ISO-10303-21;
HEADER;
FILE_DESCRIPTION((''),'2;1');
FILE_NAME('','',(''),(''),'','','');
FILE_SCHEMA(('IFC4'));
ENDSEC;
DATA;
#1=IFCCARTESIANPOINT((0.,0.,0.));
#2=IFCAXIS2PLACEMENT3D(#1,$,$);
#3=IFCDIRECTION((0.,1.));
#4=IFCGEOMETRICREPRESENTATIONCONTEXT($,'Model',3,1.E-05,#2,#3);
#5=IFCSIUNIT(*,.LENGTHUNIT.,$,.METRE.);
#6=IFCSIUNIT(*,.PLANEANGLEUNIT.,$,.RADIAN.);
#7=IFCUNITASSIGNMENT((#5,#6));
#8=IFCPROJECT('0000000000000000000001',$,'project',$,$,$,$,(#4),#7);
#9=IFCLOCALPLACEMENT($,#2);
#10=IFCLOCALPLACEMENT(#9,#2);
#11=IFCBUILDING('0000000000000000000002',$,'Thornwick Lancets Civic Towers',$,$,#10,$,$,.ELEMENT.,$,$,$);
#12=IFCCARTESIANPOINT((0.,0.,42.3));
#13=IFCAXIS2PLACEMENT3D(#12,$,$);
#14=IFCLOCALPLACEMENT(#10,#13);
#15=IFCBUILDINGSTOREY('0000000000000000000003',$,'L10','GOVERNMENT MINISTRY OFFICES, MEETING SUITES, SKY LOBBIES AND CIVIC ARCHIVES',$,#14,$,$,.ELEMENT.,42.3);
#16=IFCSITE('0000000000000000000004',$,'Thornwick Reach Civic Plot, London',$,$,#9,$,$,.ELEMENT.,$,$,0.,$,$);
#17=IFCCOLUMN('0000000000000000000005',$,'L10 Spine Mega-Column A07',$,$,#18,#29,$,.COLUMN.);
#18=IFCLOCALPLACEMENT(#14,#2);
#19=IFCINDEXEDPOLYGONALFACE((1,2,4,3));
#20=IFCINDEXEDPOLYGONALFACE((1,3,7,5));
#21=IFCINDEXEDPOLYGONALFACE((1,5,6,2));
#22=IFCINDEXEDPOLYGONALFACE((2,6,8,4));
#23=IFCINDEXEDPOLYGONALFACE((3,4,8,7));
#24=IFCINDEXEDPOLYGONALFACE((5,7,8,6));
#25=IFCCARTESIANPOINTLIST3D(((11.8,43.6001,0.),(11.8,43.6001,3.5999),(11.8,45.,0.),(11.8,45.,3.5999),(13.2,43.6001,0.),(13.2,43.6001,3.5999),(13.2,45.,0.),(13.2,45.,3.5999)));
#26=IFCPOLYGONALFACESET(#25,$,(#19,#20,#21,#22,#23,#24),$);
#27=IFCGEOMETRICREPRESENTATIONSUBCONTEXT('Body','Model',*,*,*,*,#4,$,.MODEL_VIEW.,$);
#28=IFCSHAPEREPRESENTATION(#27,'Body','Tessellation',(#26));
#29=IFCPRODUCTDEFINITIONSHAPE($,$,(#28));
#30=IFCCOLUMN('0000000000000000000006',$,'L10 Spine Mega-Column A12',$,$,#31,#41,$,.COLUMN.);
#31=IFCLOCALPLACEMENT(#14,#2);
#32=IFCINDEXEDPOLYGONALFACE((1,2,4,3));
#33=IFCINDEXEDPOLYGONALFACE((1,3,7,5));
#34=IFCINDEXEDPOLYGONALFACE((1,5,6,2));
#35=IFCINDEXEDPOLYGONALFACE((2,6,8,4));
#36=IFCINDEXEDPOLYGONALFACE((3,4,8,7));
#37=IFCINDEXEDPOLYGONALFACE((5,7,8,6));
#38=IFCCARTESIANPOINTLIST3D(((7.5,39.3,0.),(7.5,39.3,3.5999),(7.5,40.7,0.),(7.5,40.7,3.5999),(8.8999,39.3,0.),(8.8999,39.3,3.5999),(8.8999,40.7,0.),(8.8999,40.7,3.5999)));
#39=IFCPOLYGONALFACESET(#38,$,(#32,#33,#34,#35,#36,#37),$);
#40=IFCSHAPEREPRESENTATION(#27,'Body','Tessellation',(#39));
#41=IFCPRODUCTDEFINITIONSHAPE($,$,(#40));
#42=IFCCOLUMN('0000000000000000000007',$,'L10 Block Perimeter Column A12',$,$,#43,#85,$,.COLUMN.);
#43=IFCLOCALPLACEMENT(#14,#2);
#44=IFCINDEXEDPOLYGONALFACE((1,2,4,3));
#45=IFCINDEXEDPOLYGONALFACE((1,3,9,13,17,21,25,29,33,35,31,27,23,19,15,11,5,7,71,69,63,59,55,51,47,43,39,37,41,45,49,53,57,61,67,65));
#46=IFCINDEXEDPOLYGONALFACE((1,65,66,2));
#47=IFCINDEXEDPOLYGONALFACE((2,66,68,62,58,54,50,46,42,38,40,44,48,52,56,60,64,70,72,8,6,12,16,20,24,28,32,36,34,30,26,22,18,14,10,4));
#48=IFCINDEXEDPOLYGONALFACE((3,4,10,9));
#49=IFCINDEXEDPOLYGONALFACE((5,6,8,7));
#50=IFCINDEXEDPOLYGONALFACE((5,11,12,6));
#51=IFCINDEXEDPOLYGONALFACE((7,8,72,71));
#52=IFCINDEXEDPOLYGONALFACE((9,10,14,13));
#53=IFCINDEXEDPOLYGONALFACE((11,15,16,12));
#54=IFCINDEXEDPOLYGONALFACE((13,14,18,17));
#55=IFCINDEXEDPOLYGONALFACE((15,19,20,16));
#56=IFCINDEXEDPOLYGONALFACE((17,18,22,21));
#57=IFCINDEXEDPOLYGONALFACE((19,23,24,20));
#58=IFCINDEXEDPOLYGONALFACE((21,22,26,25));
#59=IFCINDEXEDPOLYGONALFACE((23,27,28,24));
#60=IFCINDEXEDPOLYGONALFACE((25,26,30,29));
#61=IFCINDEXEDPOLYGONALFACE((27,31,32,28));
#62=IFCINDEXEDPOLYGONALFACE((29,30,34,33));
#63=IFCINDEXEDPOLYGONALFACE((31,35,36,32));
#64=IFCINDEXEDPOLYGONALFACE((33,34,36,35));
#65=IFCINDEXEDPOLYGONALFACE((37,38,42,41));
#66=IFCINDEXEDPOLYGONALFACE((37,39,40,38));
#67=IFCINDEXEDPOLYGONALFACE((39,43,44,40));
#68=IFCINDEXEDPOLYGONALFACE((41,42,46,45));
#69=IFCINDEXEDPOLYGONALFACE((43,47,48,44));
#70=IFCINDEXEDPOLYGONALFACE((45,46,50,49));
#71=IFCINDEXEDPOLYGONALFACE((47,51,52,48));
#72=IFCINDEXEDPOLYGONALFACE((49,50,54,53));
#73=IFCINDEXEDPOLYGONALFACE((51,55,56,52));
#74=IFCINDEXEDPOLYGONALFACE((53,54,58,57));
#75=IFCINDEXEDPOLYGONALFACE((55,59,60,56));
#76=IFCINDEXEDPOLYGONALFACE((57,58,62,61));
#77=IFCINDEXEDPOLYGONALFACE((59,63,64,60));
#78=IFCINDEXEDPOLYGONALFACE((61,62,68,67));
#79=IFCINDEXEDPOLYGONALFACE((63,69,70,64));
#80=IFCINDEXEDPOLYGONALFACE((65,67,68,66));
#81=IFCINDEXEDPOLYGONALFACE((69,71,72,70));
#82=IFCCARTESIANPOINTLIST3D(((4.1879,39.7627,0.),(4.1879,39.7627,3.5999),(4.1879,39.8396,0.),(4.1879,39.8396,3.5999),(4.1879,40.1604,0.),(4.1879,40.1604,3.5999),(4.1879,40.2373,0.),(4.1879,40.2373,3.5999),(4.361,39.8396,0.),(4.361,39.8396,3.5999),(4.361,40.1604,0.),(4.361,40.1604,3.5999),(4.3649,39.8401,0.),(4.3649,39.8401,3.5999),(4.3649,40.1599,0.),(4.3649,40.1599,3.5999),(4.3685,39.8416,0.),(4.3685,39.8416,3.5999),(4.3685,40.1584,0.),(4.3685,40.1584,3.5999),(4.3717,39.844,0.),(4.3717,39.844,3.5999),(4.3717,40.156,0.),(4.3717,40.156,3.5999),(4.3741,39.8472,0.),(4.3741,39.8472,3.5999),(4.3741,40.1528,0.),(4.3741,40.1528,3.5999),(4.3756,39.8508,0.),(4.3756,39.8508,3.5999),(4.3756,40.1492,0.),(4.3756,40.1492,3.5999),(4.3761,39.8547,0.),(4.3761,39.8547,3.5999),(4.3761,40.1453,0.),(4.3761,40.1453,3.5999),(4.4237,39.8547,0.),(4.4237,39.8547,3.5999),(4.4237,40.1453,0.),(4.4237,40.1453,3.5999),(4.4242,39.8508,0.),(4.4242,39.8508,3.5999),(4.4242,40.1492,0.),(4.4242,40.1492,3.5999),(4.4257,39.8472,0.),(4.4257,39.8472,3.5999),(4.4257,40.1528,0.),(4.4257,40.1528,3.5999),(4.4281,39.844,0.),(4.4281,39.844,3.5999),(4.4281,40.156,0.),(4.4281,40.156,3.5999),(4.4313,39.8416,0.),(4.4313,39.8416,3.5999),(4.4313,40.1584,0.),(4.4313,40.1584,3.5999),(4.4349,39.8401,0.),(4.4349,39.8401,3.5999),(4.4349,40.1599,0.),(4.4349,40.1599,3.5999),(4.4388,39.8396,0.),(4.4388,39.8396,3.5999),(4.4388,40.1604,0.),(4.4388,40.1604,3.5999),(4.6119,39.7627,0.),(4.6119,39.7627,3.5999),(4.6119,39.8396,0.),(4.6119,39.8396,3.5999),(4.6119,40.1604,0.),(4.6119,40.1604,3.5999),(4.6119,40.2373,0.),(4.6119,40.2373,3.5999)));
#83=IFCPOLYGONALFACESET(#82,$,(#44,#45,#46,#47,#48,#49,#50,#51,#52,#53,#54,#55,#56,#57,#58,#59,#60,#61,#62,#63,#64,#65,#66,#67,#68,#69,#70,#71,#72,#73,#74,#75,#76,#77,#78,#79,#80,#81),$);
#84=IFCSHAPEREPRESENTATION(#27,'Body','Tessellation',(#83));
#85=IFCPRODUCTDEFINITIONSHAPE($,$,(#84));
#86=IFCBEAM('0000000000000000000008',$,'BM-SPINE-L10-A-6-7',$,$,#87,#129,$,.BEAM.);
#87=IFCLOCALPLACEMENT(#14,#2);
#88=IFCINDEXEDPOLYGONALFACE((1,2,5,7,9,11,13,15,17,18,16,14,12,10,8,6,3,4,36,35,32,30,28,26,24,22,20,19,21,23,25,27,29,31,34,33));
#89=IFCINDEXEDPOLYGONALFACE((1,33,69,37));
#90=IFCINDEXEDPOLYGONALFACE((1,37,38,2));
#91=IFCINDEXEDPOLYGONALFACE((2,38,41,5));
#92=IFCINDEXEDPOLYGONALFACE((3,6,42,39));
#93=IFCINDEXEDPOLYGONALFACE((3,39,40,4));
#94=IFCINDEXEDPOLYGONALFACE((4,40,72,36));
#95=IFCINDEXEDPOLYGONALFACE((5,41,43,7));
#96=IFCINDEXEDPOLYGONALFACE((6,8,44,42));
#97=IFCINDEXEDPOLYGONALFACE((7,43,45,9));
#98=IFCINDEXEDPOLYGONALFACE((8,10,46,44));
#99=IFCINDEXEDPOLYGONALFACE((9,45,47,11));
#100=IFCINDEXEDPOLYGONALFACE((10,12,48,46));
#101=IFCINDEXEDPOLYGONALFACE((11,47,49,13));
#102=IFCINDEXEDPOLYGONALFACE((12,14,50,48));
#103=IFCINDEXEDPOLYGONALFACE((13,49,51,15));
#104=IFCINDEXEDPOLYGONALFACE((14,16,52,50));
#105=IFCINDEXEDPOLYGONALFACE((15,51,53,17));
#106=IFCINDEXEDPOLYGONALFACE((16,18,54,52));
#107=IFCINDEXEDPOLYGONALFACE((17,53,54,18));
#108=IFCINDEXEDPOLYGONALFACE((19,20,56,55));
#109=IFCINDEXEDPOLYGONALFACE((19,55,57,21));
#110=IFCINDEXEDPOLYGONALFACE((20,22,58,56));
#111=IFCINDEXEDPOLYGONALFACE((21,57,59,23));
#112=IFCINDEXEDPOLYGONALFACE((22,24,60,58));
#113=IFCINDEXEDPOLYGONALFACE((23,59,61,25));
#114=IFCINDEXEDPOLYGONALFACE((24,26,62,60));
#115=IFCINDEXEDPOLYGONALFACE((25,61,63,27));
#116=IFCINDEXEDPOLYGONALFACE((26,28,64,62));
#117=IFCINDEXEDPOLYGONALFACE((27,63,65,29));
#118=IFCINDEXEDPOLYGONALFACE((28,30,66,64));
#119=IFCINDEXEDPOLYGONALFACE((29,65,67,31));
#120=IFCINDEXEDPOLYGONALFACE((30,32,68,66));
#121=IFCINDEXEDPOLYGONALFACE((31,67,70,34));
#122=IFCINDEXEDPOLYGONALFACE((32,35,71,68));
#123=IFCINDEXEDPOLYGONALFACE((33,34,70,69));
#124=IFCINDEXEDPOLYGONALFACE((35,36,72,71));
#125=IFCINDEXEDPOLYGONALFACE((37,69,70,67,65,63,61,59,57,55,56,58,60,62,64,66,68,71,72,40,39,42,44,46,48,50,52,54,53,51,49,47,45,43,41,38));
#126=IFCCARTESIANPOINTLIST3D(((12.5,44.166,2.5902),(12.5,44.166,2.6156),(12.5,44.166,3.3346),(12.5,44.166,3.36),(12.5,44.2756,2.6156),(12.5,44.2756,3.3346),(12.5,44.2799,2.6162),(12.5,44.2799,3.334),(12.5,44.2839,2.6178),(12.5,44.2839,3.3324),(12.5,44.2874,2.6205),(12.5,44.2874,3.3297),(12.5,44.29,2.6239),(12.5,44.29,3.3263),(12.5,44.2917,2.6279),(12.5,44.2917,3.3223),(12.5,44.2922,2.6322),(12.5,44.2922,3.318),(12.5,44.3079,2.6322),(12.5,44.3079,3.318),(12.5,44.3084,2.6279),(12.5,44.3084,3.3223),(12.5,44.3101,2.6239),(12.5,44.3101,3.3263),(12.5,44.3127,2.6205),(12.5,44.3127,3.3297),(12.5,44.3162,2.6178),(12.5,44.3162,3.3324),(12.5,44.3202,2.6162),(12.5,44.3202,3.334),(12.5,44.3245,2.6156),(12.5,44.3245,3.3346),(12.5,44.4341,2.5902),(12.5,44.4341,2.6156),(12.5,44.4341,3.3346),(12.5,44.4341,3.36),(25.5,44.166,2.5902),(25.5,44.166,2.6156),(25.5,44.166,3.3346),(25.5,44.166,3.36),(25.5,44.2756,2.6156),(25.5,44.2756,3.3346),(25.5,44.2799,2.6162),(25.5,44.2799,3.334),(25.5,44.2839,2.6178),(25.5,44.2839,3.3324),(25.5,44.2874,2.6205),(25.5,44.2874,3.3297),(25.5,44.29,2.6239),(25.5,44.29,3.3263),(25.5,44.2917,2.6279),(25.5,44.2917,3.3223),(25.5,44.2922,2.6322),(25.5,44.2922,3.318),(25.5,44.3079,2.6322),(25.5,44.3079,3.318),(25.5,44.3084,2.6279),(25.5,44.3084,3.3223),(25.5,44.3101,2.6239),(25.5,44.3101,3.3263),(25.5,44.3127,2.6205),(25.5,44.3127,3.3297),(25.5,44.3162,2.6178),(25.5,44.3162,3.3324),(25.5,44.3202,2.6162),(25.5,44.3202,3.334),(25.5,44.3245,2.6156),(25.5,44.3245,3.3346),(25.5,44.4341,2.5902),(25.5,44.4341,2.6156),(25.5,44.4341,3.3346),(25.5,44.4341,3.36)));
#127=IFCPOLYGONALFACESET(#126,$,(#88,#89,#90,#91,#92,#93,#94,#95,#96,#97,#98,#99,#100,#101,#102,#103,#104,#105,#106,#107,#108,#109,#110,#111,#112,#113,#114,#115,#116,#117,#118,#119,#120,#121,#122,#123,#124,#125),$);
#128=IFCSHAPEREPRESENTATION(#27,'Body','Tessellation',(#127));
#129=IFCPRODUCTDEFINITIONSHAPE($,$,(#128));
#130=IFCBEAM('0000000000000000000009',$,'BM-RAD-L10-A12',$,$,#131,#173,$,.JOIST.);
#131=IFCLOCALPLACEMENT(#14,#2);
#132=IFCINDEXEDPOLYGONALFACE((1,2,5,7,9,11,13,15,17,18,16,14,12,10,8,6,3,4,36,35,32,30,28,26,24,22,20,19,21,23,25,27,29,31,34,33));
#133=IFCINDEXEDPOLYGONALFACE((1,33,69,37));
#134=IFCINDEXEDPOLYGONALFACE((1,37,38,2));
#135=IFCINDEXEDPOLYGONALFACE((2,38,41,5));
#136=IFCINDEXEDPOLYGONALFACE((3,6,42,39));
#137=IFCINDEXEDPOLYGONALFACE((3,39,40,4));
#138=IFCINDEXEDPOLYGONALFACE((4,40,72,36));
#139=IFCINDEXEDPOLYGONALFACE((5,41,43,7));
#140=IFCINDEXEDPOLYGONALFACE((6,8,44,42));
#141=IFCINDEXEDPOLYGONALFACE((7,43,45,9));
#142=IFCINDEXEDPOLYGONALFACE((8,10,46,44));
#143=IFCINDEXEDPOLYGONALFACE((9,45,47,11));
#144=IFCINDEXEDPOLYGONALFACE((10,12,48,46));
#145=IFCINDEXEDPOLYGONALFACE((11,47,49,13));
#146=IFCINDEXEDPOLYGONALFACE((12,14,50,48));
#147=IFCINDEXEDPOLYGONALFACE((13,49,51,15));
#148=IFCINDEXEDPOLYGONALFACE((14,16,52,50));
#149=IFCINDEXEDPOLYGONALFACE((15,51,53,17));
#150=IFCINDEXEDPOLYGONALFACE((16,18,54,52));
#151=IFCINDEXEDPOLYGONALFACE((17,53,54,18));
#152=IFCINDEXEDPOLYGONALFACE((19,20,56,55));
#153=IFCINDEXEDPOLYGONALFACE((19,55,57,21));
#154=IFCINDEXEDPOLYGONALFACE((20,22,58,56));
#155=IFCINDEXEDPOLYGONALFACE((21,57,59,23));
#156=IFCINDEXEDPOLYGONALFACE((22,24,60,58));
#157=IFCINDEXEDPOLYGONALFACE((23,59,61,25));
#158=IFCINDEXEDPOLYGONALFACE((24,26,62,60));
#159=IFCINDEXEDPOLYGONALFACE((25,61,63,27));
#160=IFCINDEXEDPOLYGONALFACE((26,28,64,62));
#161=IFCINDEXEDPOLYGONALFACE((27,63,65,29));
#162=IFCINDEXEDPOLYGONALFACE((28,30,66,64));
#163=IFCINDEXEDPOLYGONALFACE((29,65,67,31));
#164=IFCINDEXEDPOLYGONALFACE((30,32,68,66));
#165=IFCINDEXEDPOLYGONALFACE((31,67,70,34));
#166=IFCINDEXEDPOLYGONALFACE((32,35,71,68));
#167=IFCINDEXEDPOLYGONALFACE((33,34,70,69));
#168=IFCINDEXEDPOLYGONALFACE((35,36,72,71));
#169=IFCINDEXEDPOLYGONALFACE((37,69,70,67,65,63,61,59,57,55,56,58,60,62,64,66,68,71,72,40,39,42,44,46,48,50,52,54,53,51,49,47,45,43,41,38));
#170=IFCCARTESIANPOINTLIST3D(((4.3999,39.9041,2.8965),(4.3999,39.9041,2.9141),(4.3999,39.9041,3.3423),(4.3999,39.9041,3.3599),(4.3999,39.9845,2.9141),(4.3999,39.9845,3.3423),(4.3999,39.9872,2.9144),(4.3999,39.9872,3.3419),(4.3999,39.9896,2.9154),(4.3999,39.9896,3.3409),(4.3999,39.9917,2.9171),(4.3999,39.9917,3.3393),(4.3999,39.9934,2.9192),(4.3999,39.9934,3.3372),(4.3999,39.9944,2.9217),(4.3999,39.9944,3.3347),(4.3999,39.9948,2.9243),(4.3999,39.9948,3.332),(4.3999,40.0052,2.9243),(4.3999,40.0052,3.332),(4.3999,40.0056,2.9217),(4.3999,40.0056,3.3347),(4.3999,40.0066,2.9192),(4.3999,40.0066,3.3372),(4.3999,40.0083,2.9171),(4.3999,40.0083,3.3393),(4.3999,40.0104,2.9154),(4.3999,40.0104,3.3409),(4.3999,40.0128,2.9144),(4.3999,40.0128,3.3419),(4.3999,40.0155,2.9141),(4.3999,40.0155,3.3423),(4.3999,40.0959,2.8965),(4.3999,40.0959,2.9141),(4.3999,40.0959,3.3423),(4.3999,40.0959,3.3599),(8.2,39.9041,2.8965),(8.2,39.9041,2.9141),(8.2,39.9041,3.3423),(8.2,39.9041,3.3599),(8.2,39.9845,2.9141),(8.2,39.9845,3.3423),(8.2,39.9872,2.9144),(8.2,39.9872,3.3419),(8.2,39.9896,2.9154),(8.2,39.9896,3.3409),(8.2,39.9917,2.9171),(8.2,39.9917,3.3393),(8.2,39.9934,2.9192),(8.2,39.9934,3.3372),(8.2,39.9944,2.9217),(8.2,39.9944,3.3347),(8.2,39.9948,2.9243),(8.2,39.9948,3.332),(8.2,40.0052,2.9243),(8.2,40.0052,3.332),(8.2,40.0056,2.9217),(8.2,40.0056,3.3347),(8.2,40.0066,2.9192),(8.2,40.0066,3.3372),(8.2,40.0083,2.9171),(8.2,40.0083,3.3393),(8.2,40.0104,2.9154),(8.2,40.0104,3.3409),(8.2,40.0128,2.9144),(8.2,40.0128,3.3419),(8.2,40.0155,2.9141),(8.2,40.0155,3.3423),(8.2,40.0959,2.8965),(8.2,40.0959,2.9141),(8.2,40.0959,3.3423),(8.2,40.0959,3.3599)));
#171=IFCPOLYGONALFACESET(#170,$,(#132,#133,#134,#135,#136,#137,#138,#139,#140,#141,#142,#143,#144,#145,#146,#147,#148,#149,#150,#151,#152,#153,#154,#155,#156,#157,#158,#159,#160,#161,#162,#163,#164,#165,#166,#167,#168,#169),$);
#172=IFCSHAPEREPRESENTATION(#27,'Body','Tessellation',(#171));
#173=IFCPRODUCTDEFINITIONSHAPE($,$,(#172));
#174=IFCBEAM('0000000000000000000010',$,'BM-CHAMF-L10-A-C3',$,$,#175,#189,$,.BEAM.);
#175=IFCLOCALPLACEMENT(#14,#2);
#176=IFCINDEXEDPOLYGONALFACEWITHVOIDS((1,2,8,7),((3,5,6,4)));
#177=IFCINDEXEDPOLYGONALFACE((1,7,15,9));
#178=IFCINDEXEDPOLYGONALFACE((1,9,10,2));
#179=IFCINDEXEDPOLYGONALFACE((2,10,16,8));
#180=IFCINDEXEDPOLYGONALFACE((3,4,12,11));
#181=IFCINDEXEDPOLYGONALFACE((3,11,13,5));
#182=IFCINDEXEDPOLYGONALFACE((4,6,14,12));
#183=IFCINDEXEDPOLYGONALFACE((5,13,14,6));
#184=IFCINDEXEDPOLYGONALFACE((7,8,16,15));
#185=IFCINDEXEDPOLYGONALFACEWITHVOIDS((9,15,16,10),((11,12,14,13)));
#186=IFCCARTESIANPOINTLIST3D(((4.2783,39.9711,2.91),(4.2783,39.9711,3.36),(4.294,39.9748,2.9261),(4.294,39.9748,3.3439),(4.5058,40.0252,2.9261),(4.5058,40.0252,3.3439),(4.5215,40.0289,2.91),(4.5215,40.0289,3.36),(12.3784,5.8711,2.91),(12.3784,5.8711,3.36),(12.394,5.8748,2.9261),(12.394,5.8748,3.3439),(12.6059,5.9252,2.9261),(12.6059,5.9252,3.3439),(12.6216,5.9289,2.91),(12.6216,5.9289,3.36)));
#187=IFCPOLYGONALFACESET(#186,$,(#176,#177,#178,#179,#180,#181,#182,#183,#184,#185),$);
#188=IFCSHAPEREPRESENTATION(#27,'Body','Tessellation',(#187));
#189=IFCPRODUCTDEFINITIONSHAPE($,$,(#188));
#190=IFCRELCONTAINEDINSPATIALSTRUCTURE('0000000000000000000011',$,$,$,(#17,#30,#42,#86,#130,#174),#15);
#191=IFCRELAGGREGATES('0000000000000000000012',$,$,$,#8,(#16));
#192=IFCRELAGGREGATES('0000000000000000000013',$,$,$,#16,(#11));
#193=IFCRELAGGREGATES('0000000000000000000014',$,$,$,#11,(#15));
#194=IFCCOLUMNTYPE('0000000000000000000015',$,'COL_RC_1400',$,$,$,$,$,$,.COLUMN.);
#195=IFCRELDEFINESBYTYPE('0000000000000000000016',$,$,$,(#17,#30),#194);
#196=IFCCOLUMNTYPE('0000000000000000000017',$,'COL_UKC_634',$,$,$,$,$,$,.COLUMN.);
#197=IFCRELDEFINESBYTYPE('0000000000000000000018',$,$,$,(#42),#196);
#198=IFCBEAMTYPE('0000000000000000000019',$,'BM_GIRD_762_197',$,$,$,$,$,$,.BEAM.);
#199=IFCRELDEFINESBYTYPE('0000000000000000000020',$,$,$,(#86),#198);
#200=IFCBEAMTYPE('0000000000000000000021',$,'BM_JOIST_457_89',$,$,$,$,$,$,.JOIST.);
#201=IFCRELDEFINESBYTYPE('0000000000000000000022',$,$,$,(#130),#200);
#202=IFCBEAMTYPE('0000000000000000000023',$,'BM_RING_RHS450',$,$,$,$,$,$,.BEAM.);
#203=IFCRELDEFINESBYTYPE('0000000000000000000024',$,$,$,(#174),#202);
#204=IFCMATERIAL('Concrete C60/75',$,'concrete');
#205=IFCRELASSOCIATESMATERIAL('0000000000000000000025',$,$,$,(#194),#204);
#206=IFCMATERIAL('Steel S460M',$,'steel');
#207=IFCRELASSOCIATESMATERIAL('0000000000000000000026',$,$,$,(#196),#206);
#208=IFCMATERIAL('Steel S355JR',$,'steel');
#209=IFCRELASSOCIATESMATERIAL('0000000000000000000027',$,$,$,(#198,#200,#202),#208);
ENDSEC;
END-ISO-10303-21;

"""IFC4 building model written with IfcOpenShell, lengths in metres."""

from ifc_helpers import new_model, si_unit, direction, frame, origin, origin_2d, place, context, subcontext, project, spatial, rectangle, hollow_rectangle, i_section, extrude, material, material_profile, profile_set, type_object, element, save


model = new_model("IFC4")

# Units and contexts
model_context = context("Model", 3, precision=1e-05, world=origin(), true_north=direction((0.0, 1.0)))
body_context = subcontext(model_context, "Body", "Model", "MODEL_VIEW")
ifc_project = project(units=[si_unit("LENGTHUNIT", "METRE"), si_unit("PLANEANGLEUNIT", "RADIAN")], contexts=[model_context])

# Site, building, storey
site_placement = place(None, origin())
site = spatial("IfcSite", under=ifc_project, at=site_placement, Name="Thornwick Reach Civic Plot, London", CompositionType="ELEMENT", RefElevation=0.0)
building_placement = place(site_placement, origin())
building = spatial("IfcBuilding", under=site, at=building_placement, Name="Thornwick Lancets Civic Towers", CompositionType="ELEMENT")
storey_placement = place(building_placement, frame((0.0, 0.0, 42.3)))
storey = spatial("IfcBuildingStorey", under=building, at=storey_placement, Name="L10", Description="GOVERNMENT MINISTRY OFFICES, MEETING SUITES, SKY LOBBIES AND CIVIC ARCHIVES", CompositionType="ELEMENT", Elevation=42.3)

# Columns
ifc_material_1 = material(Name="Concrete C60/75", Category="concrete")
ifc_material_profile_1 = material_profile(ifc_material_1, rectangle(XDim=1.3999, YDim=1.3999, at=origin_2d()), Name="RC 1400x1400")
ifc_profile_set_1 = profile_set([ifc_material_profile_1], Name="Concrete C60/75")
column_type_1 = type_object("IfcColumnType", Name="COL_RC_1400", PredefinedType="COLUMN", material=ifc_profile_set_1)
for number, where, z_axis, x_axis, name in (
    (1, (12.5, 44.3, 0.0), (0.0, 0.0, 1.0), (1.0, 0.0, 0.0), "L10 Spine Mega-Column A07"),
    (2, (8.2, 40.0, 0.0), (0.0, 0.0, 1.0), (1.0, 0.0, 0.0), "L10 Spine Mega-Column A12"),
):
    element("IfcColumn", number, at=place(storey_placement, frame(where, z_axis=z_axis, x_axis=x_axis)), inside=storey, type_object=column_type_1, Name=name, PredefinedType="COLUMN", context=body_context, shape_type="SweptSolid", body=[
        extrude(rectangle(XDim=1.3999, YDim=1.3999, at=origin_2d()), origin(), (0.0, 0.0, 1.0), 3.5999),
    ])
ifc_material_2 = material(Name="Steel S460M", Category="steel")
ifc_material_profile_2 = material_profile(ifc_material_2, i_section(OverallWidth=0.4241, OverallDepth=0.4746, WebThickness=0.0476, FlangeThickness=0.0769, FilletRadius=0.0151, at=origin_2d()), Name="UKC 356x406x634")
ifc_profile_set_2 = profile_set([ifc_material_profile_2], Name="Steel S460M")
column_type_2 = type_object("IfcColumnType", Name="COL_UKC_634", PredefinedType="COLUMN", material=ifc_profile_set_2)
column_placement = place(storey_placement, frame((4.3999, 40.0, 0.0), z_axis=(0.0, 0.0, 1.0), x_axis=(1.0, 0.0, 0.0)))
element("IfcColumn", 3, at=column_placement, inside=storey, type_object=column_type_2, Name="L10 Block Perimeter Column A12", PredefinedType="COLUMN", context=body_context, shape_type="SweptSolid", body=[
    extrude(i_section(OverallWidth=0.4241, OverallDepth=0.4746, WebThickness=0.0476, FlangeThickness=0.0769, FilletRadius=0.0151, at=origin_2d()), origin(), (0.0, 0.0, 1.0), 3.5999),
])

# Beams
ifc_material_3 = material(Name="Steel S355JR", Category="steel")
ifc_material_profile_3 = material_profile(ifc_material_3, i_section(OverallWidth=0.2681, OverallDepth=0.7698, WebThickness=0.0156, FlangeThickness=0.0254, FilletRadius=0.0166, at=origin_2d()), Name="UKB 762x267x197")
ifc_profile_set_3 = profile_set([ifc_material_profile_3], Name="Steel S355JR")
beam_type_1 = type_object("IfcBeamType", Name="BM_GIRD_762_197", PredefinedType="BEAM", material=ifc_profile_set_3)
beam_1_placement = place(storey_placement, frame((12.5, 44.3, 2.9751), z_axis=(1.0, 0.0, 0.0), x_axis=(0.0, 1.0, 0.0)))
element("IfcBeam", 4, at=beam_1_placement, inside=storey, type_object=beam_type_1, Name="BM-SPINE-L10-A-6-7", PredefinedType="BEAM", context=body_context, shape_type="SweptSolid", body=[
    extrude(i_section(OverallWidth=0.2681, OverallDepth=0.7698, WebThickness=0.0156, FlangeThickness=0.0254, FilletRadius=0.0166, at=origin_2d()), origin(), (0.0, 0.0, 1.0), 13.0),
])
ifc_material_profile_4 = material_profile(ifc_material_3, i_section(OverallWidth=0.1919, OverallDepth=0.4634, WebThickness=0.0105, FlangeThickness=0.0176, FilletRadius=0.0103, at=origin_2d()), Name="UKB 457x191x89")
ifc_profile_set_4 = profile_set([ifc_material_profile_4], Name="Steel S355JR")
beam_type_2 = type_object("IfcBeamType", Name="BM_JOIST_457_89", PredefinedType="JOIST", material=ifc_profile_set_4)
beam_2_placement = place(storey_placement, frame((8.2, 40.0, 3.1282), z_axis=(-1.0, 0.0, 0.0), x_axis=(0.0, -1.0, 0.0)))
element("IfcBeam", 5, at=beam_2_placement, inside=storey, type_object=beam_type_2, Name="BM-RAD-L10-A12", PredefinedType="JOIST", context=body_context, shape_type="SweptSolid", body=[
    extrude(i_section(OverallWidth=0.1919, OverallDepth=0.4634, WebThickness=0.0105, FlangeThickness=0.0176, FilletRadius=0.0103, at=origin_2d()), origin(), (0.0, 0.0, 1.0), 3.8),
])
ifc_material_profile_5 = material_profile(ifc_material_3, hollow_rectangle(XDim=0.25, YDim=0.45, WallThickness=0.0161, at=origin_2d()), Name="RHS 450x250x16")
ifc_profile_set_5 = profile_set([ifc_material_profile_5], Name="Steel S355JR")
beam_type_3 = type_object("IfcBeamType", Name="BM_RING_RHS450", PredefinedType="BEAM", material=ifc_profile_set_5)
beam_3_placement = place(storey_placement, frame((4.3999, 40.0, 3.135), z_axis=(0.231108, -0.972928, 0.0), x_axis=(0.972928, 0.231108, 0.0)))
element("IfcBeam", 6, at=beam_3_placement, inside=storey, type_object=beam_type_3, Name="BM-CHAMF-L10-A-C3", PredefinedType="BEAM", context=body_context, shape_type="SweptSolid", body=[
    extrude(hollow_rectangle(XDim=0.25, YDim=0.45, WallThickness=0.0161, at=origin_2d()), origin(), (0.0, 0.0, 1.0), 35.0488),
])

save(model, "model.ifc")
